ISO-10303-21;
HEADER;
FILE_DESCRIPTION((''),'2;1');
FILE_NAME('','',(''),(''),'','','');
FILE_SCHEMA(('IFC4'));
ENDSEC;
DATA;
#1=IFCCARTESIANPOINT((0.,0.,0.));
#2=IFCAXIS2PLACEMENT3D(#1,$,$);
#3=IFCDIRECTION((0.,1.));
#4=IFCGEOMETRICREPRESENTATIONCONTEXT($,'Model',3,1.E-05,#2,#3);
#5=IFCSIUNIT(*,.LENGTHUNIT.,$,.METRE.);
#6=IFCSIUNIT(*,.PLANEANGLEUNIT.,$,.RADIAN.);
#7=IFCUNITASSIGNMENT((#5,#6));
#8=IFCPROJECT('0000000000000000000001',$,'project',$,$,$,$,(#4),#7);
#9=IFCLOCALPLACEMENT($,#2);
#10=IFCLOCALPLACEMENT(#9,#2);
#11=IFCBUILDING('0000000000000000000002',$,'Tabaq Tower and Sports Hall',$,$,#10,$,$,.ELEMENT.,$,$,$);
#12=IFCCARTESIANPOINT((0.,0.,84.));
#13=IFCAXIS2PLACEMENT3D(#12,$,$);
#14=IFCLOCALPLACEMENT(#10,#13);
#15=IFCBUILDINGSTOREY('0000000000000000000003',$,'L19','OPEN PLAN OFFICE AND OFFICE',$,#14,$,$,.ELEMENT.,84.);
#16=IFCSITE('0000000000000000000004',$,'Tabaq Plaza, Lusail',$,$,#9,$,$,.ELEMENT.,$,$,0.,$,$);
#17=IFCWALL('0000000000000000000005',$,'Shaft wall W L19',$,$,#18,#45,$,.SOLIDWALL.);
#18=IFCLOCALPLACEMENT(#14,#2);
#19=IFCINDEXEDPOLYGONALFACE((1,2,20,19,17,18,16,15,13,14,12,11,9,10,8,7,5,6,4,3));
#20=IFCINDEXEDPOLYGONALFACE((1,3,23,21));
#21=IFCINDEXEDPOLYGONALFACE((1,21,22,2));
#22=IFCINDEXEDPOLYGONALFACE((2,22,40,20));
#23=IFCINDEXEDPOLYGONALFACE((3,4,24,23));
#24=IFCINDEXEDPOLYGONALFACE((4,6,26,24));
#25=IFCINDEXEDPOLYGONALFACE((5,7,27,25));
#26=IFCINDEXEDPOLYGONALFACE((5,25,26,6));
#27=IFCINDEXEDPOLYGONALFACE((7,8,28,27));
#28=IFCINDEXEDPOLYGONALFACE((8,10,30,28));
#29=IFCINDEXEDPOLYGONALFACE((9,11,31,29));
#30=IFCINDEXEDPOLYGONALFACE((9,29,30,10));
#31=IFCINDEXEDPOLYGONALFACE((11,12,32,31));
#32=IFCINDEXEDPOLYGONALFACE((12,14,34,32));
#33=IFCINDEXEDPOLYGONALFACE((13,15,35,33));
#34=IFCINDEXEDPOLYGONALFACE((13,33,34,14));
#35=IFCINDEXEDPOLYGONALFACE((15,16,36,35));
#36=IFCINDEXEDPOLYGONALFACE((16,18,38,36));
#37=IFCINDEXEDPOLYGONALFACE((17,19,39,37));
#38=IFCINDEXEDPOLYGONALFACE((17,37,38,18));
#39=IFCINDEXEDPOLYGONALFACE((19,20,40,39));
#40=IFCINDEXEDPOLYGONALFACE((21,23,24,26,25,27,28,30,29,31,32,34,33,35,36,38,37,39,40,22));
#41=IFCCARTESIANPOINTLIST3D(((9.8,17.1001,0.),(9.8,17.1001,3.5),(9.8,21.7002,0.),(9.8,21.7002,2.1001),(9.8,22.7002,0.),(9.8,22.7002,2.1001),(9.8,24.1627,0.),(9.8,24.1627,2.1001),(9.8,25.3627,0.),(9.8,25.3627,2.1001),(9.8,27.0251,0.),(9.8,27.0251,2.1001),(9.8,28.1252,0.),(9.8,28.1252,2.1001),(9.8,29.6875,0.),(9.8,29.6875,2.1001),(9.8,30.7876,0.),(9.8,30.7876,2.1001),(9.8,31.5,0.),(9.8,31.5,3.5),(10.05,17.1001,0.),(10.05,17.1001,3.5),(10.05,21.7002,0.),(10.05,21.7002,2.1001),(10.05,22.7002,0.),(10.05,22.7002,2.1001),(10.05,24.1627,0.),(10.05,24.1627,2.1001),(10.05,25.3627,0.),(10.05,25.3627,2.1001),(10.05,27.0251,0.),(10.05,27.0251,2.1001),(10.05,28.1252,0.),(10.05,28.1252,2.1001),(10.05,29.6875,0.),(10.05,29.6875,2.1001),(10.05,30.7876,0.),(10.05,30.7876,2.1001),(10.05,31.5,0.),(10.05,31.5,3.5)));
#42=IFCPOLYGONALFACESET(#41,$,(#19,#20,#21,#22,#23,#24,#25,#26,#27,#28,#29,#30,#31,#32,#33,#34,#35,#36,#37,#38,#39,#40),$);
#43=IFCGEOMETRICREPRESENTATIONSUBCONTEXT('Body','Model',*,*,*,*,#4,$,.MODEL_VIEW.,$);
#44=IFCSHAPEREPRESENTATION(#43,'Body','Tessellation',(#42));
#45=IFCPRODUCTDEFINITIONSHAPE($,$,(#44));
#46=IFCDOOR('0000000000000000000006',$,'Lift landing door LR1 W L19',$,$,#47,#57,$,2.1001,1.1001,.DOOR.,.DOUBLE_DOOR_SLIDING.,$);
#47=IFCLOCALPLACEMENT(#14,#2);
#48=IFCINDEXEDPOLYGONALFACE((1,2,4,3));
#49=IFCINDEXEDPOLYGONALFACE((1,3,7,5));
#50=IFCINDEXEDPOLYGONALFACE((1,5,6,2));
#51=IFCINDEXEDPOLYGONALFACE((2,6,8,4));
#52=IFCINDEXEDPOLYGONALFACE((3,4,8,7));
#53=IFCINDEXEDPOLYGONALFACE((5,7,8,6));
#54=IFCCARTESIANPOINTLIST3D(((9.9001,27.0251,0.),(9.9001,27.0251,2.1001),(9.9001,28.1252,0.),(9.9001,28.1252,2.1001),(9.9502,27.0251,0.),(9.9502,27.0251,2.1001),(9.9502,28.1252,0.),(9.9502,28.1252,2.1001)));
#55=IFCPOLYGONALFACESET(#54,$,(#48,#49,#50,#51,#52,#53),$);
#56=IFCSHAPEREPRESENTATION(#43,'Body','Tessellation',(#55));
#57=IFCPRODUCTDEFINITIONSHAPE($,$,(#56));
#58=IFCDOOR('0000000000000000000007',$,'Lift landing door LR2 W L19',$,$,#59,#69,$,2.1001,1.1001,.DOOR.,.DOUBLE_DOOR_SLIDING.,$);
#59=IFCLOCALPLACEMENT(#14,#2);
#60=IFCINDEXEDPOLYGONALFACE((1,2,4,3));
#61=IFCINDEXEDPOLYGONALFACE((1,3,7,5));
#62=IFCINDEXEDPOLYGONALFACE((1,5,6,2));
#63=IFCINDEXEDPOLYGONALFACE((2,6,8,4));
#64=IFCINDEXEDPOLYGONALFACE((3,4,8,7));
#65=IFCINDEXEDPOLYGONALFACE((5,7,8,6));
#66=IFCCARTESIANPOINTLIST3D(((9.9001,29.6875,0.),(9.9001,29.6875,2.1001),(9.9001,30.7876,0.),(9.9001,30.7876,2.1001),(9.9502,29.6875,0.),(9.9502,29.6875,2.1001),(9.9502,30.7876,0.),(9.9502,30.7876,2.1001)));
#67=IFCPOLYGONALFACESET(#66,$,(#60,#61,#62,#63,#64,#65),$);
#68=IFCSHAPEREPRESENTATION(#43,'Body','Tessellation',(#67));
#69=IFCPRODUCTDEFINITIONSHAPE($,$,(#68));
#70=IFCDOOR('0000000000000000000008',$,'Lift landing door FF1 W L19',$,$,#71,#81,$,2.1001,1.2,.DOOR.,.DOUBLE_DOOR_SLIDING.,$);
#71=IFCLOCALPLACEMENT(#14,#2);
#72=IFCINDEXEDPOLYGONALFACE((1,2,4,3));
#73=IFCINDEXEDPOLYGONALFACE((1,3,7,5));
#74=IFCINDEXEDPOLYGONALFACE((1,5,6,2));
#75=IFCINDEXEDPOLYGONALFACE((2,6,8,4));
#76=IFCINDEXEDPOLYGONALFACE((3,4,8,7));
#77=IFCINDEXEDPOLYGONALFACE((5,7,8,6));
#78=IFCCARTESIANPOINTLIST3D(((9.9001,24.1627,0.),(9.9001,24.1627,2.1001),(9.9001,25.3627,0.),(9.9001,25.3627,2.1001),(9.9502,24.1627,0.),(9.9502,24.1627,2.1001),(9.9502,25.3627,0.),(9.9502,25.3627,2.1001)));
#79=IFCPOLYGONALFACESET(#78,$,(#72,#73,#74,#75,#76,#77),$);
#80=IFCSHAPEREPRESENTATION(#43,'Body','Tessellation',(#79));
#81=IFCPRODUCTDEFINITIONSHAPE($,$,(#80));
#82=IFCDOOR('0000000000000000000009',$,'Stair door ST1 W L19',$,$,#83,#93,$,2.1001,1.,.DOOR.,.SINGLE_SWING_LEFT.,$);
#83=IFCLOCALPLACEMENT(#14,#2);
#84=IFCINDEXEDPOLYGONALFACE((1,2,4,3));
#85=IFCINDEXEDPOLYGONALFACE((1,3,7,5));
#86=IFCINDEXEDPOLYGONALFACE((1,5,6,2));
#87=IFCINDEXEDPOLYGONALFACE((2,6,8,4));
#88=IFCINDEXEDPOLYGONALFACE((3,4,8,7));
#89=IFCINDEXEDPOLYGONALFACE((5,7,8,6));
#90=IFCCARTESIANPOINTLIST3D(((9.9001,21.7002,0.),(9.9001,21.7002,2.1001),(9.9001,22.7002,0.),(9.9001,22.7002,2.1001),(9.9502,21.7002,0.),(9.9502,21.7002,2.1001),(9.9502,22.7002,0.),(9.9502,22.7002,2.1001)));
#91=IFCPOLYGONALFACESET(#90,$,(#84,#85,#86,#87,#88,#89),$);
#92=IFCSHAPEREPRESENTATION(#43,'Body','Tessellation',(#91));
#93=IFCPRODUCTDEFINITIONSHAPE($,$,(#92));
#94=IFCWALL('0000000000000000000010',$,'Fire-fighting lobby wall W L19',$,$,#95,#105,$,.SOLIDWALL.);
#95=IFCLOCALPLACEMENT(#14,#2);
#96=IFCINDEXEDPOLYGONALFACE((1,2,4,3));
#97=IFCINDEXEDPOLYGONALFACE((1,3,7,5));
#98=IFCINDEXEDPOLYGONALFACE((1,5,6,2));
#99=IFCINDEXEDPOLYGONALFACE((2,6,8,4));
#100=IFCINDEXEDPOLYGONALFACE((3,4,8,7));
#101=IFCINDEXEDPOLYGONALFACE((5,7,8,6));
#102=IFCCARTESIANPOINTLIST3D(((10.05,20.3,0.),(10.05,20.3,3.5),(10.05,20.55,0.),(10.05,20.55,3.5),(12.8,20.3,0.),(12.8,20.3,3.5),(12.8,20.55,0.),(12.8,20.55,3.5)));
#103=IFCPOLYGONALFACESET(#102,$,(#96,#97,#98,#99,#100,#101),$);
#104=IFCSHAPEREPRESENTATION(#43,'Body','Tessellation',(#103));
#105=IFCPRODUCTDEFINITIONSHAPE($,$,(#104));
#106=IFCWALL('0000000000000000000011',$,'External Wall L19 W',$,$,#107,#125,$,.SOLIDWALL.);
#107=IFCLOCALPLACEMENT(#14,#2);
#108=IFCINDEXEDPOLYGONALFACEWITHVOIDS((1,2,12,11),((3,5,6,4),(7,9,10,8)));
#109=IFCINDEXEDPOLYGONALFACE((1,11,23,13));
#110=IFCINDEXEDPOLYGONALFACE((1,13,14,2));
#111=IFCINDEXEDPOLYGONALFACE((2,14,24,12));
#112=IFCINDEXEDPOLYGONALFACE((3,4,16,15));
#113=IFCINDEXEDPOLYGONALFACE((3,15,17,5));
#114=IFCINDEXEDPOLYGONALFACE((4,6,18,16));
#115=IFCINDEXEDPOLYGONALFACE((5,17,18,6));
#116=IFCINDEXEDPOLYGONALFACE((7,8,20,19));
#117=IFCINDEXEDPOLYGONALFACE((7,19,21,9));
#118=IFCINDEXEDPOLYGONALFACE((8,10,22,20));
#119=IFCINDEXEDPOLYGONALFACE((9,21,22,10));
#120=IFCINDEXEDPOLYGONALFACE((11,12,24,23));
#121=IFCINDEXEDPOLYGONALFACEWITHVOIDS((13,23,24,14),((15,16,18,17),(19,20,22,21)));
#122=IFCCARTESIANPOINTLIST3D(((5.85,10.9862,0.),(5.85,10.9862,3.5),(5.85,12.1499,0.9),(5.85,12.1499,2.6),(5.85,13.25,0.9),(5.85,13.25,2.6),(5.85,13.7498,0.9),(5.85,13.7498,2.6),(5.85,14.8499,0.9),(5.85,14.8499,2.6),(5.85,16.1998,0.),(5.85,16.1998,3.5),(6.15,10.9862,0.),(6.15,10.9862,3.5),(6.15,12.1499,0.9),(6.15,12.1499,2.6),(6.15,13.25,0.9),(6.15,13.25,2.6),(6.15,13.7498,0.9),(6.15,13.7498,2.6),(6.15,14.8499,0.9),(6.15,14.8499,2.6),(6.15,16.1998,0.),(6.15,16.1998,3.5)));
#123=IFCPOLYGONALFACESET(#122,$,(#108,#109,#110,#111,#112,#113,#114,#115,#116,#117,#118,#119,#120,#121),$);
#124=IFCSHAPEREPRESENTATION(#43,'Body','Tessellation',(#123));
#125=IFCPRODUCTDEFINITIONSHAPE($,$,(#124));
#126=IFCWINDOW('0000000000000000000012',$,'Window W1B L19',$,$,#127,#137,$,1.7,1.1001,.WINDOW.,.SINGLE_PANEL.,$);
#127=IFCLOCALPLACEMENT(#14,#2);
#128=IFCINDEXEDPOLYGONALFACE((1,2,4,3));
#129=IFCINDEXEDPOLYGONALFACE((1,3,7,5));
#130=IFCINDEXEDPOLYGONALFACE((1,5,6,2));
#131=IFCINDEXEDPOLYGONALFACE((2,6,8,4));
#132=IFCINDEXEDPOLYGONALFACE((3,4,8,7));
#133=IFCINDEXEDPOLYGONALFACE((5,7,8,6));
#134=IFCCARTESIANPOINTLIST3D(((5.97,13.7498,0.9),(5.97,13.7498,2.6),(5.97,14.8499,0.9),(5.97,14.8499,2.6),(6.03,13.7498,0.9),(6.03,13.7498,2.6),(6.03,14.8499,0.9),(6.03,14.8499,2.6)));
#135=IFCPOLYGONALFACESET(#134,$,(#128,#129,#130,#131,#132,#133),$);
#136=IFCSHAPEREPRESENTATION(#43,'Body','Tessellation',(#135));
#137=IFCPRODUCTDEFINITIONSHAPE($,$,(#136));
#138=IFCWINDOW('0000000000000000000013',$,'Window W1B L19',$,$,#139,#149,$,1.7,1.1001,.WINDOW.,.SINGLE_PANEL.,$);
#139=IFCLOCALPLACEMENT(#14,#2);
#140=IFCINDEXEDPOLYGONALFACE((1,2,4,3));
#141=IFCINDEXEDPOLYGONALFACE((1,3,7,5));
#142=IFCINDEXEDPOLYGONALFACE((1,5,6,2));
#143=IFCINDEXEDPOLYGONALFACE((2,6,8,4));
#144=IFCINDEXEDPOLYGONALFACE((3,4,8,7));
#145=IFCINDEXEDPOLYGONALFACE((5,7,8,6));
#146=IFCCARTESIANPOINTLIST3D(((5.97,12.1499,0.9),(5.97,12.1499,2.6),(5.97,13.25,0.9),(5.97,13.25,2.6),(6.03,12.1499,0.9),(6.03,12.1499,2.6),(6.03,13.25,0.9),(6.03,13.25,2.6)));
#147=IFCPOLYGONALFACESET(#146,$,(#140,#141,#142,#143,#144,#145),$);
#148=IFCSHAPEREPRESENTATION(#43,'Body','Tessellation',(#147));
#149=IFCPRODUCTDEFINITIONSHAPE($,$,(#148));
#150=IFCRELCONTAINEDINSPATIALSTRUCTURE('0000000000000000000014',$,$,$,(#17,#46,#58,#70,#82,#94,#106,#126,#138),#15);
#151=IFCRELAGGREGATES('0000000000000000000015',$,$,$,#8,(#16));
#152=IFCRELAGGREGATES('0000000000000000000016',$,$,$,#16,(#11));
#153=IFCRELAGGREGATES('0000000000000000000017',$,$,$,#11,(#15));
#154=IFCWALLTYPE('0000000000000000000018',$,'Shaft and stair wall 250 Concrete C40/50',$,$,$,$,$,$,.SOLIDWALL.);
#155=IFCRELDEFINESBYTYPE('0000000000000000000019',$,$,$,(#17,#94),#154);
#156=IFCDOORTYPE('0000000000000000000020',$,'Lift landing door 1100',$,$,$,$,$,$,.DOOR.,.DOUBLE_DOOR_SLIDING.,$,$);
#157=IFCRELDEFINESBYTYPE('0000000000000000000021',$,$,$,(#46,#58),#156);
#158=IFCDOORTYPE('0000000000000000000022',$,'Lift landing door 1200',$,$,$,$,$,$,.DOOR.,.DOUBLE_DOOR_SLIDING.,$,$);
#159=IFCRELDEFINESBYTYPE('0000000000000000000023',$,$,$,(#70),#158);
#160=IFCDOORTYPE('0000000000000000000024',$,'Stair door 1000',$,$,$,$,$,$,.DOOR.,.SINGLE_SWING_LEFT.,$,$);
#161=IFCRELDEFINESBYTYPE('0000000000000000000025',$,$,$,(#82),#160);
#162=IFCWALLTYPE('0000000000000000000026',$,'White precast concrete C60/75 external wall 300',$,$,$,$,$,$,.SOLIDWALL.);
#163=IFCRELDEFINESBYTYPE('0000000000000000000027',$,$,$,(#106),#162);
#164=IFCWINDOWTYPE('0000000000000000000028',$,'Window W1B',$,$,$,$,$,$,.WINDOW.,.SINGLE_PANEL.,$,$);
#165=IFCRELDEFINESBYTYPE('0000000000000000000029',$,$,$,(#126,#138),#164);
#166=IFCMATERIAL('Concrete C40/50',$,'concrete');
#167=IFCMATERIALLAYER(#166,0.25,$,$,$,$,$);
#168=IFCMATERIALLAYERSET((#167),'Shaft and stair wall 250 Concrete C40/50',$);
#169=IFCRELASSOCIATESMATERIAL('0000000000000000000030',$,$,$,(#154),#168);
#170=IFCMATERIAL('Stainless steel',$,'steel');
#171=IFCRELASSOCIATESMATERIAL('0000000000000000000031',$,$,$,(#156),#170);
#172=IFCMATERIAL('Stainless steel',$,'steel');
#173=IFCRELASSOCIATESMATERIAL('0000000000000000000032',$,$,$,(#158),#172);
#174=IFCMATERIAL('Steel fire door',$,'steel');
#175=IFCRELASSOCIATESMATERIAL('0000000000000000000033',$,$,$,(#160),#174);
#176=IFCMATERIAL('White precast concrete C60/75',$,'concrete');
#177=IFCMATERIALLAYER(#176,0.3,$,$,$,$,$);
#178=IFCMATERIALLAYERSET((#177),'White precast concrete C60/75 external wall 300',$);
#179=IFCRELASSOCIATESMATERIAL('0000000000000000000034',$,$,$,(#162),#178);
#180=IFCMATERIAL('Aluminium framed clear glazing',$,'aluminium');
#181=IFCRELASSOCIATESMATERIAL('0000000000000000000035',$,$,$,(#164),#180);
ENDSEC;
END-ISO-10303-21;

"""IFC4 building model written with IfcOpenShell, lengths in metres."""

from ifc_helpers import new_model, si_unit, direction, frame, frame_2d, origin, place, context, subcontext, project, spatial, rectangle, extrude, material, layer, layer_set, type_object, element, fill, save


model = new_model("IFC4")

# Units and contexts
model_context = context("Model", 3, precision=1e-05, world=origin(), true_north=direction((0.0, 1.0)))
body_context = subcontext(model_context, "Body", "Model", "MODEL_VIEW")
ifc_project = project(units=[si_unit("LENGTHUNIT", "METRE"), si_unit("PLANEANGLEUNIT", "RADIAN")], contexts=[model_context])

# Site, building, storey
site_placement = place(None, origin())
site = spatial("IfcSite", under=ifc_project, at=site_placement, Name="Tabaq Plaza, Lusail", CompositionType="ELEMENT", RefElevation=0.0)
building_placement = place(site_placement, origin())
building = spatial("IfcBuilding", under=site, at=building_placement, Name="Tabaq Tower and Sports Hall", CompositionType="ELEMENT")
storey_placement = place(building_placement, frame((0.0, 0.0, 84.0)))
storey = spatial("IfcBuildingStorey", under=building, at=storey_placement, Name="L19", Description="OPEN PLAN OFFICE AND OFFICE", CompositionType="ELEMENT", Elevation=84.0)

# Wall, openings, doors
ifc_material_1 = material(Name="Concrete C40/50", Category="concrete")
ifc_layer_1 = layer(ifc_material_1, 0.25)
ifc_layer_set_1 = layer_set([ifc_layer_1], Name="Shaft and stair wall 250 Concrete C40/50")
wall_type_1 = type_object("IfcWallType", Name="Shaft and stair wall 250 Concrete C40/50", PredefinedType="SOLIDWALL", material=ifc_layer_set_1)
wall_1_placement = place(storey_placement, frame((9.925, 17.1001, 0.0), z_axis=(0.0, 0.0, 1.0), x_axis=(0.0, 1.0, 0.0)))
wall_1 = element("IfcWall", 1, at=wall_1_placement, inside=storey, type_object=wall_type_1, Name="Shaft wall W L19", PredefinedType="SOLIDWALL", context=body_context, shape_type="SweptSolid", body=[
    extrude(rectangle(XDim=14.3999, YDim=0.25, at=frame_2d((7.2, 0.0))), origin(), (0.0, 0.0, 1.0), 3.5),
])
opening_1_placement = place(wall_1_placement, frame((4.6001, 0.0, 0.0)))
opening_1 = element("IfcOpeningElement", 2, at=opening_1_placement, cuts=wall_1, PredefinedType="OPENING", context=body_context, shape_type="SweptSolid", body=[
    extrude(rectangle(XDim=1.0, YDim=2.1001, at=frame_2d((0.5, 1.05))), frame((0.0, 0.125, 0.0), z_axis=(0.0, -1.0, 0.0), x_axis=(1.0, 0.0, 0.0)), (0.0, 0.0, 1.0), 0.25),
])
opening_2_placement = place(wall_1_placement, frame((7.0625, 0.0, 0.0)))
opening_2 = element("IfcOpeningElement", 3, at=opening_2_placement, cuts=wall_1, PredefinedType="OPENING", context=body_context, shape_type="SweptSolid", body=[
    extrude(rectangle(XDim=1.2, YDim=2.1001, at=frame_2d((0.6001, 1.05))), frame((0.0, 0.125, 0.0), z_axis=(0.0, -1.0, 0.0), x_axis=(1.0, 0.0, 0.0)), (0.0, 0.0, 1.0), 0.25),
])
opening_3_placement = place(wall_1_placement, frame((9.925, 0.0, 0.0)))
opening_3 = element("IfcOpeningElement", 4, at=opening_3_placement, cuts=wall_1, PredefinedType="OPENING", context=body_context, shape_type="SweptSolid", body=[
    extrude(rectangle(XDim=1.1001, YDim=2.1001, at=frame_2d((0.55, 1.05))), frame((0.0, 0.125, 0.0), z_axis=(0.0, -1.0, 0.0), x_axis=(1.0, 0.0, 0.0)), (0.0, 0.0, 1.0), 0.25),
])
opening_4_placement = place(wall_1_placement, frame((12.5874, 0.0, 0.0)))
opening_4 = element("IfcOpeningElement", 5, at=opening_4_placement, cuts=wall_1, PredefinedType="OPENING", context=body_context, shape_type="SweptSolid", body=[
    extrude(rectangle(XDim=1.1001, YDim=2.1001, at=frame_2d((0.55, 1.05))), frame((0.0, 0.125, 0.0), z_axis=(0.0, -1.0, 0.0), x_axis=(1.0, 0.0, 0.0)), (0.0, 0.0, 1.0), 0.25),
])
ifc_material_2 = material(Name="Stainless steel", Category="steel")
door_type_1 = type_object("IfcDoorType", Name="Lift landing door 1100", OperationType="DOUBLE_DOOR_SLIDING", PredefinedType="DOOR", material=ifc_material_2)
door_1_placement = place(opening_3_placement, origin())
door_1 = element("IfcDoor", 6, at=door_1_placement, inside=storey, type_object=door_type_1, Name="Lift landing door LR1 W L19", OperationType="DOUBLE_DOOR_SLIDING", OverallHeight=2.1001, OverallWidth=1.1001, PredefinedType="DOOR", context=body_context, shape_type="SweptSolid", body=[
    extrude(rectangle(XDim=1.1001, YDim=2.1001, at=frame_2d((0.55, 1.05))), frame((0.0, 0.0249, 0.0), z_axis=(0.0, -1.0, 0.0), x_axis=(1.0, 0.0, 0.0)), (0.0, 0.0, 1.0), 0.05),
])
fill(opening_3, door_1)
door_2_placement = place(opening_4_placement, origin())
door_2 = element("IfcDoor", 7, at=door_2_placement, inside=storey, type_object=door_type_1, Name="Lift landing door LR2 W L19", OperationType="DOUBLE_DOOR_SLIDING", OverallHeight=2.1001, OverallWidth=1.1001, PredefinedType="DOOR", context=body_context, shape_type="SweptSolid", body=[
    extrude(rectangle(XDim=1.1001, YDim=2.1001, at=frame_2d((0.55, 1.05))), frame((0.0, 0.0249, 0.0), z_axis=(0.0, -1.0, 0.0), x_axis=(1.0, 0.0, 0.0)), (0.0, 0.0, 1.0), 0.05),
])
fill(opening_4, door_2)
ifc_material_3 = material(Name="Stainless steel", Category="steel")
door_type_2 = type_object("IfcDoorType", Name="Lift landing door 1200", OperationType="DOUBLE_DOOR_SLIDING", PredefinedType="DOOR", material=ifc_material_3)
door_3_placement = place(opening_2_placement, origin())
door_3 = element("IfcDoor", 8, at=door_3_placement, inside=storey, type_object=door_type_2, Name="Lift landing door FF1 W L19", OperationType="DOUBLE_DOOR_SLIDING", OverallHeight=2.1001, OverallWidth=1.2, PredefinedType="DOOR", context=body_context, shape_type="SweptSolid", body=[
    extrude(rectangle(XDim=1.2, YDim=2.1001, at=frame_2d((0.6001, 1.05))), frame((0.0, 0.0249, 0.0), z_axis=(0.0, -1.0, 0.0), x_axis=(1.0, 0.0, 0.0)), (0.0, 0.0, 1.0), 0.05),
])
fill(opening_2, door_3)
ifc_material_4 = material(Name="Steel fire door", Category="steel")
door_type_3 = type_object("IfcDoorType", Name="Stair door 1000", OperationType="SINGLE_SWING_LEFT", PredefinedType="DOOR", material=ifc_material_4)
door_4_placement = place(opening_1_placement, origin())
door_4 = element("IfcDoor", 9, at=door_4_placement, inside=storey, type_object=door_type_3, Name="Stair door ST1 W L19", OperationType="SINGLE_SWING_LEFT", OverallHeight=2.1001, OverallWidth=1.0, PredefinedType="DOOR", context=body_context, shape_type="SweptSolid", body=[
    extrude(rectangle(XDim=1.0, YDim=2.1001, at=frame_2d((0.5, 1.05))), frame((0.0, 0.0249, 0.0), z_axis=(0.0, -1.0, 0.0), x_axis=(1.0, 0.0, 0.0)), (0.0, 0.0, 1.0), 0.05),
])
fill(opening_1, door_4)

# Wall
wall_2_placement = place(storey_placement, frame((10.05, 20.425, 0.0), z_axis=(0.0, 0.0, 1.0), x_axis=(1.0, 0.0, 0.0)))
element("IfcWall", 10, at=wall_2_placement, inside=storey, type_object=wall_type_1, Name="Fire-fighting lobby wall W L19", PredefinedType="SOLIDWALL", context=body_context, shape_type="SweptSolid", body=[
    extrude(rectangle(XDim=2.75, YDim=0.25, at=frame_2d((1.375, 0.0))), origin(), (0.0, 0.0, 1.0), 3.5),
])

# Wall, openings, windows
ifc_material_5 = material(Name="White precast concrete C60/75", Category="concrete")
ifc_layer_2 = layer(ifc_material_5, 0.3)
ifc_layer_set_2 = layer_set([ifc_layer_2], Name="White precast concrete C60/75 external wall 300")
wall_type_2 = type_object("IfcWallType", Name="White precast concrete C60/75 external wall 300", PredefinedType="SOLIDWALL", material=ifc_layer_set_2)
wall_3_placement = place(storey_placement, frame((6.0, 16.2, 0.0), z_axis=(0.0, 0.0, 1.0), x_axis=(0.0, -1.0, 0.0)))
wall_3 = element("IfcWall", 11, at=wall_3_placement, inside=storey, type_object=wall_type_2, Name="External Wall L19 W", PredefinedType="SOLIDWALL", context=body_context, shape_type="SweptSolid", body=[
    extrude(rectangle(XDim=5.2136, YDim=0.3, at=frame_2d((2.6069, 0.0))), origin(), (0.0, 0.0, 1.0), 3.5),
])
opening_5_placement = place(wall_3_placement, frame((1.3501, 0.0, 0.8999)))
opening_5 = element("IfcOpeningElement", 12, at=opening_5_placement, cuts=wall_3, PredefinedType="OPENING", context=body_context, shape_type="SweptSolid", body=[
    extrude(rectangle(XDim=1.1001, YDim=1.7, at=frame_2d((0.55, 0.8501))), frame((0.0, 0.1602, 0.0), z_axis=(0.0, -1.0, 0.0), x_axis=(1.0, 0.0, 0.0)), (0.0, 0.0, 1.0), 0.3201),
])
opening_6_placement = place(wall_3_placement, frame((2.95, 0.0, 0.8999)))
opening_6 = element("IfcOpeningElement", 13, at=opening_6_placement, cuts=wall_3, PredefinedType="OPENING", context=body_context, shape_type="SweptSolid", body=[
    extrude(rectangle(XDim=1.1001, YDim=1.7, at=frame_2d((0.55, 0.8501))), frame((0.0, 0.1602, 0.0), z_axis=(0.0, -1.0, 0.0), x_axis=(1.0, 0.0, 0.0)), (0.0, 0.0, 1.0), 0.3201),
])
ifc_material_6 = material(Name="Aluminium framed clear glazing", Category="aluminium")
window_type = type_object("IfcWindowType", Name="Window W1B", PartitioningType="SINGLE_PANEL", PredefinedType="WINDOW", material=ifc_material_6)
window_1_placement = place(opening_5_placement, origin())
window_1 = element("IfcWindow", 14, at=window_1_placement, inside=storey, type_object=window_type, Name="Window W1B L19", OverallHeight=1.7, OverallWidth=1.1001, PartitioningType="SINGLE_PANEL", PredefinedType="WINDOW", context=body_context, shape_type="SweptSolid", body=[
    extrude(rectangle(XDim=1.1001, YDim=1.7, at=frame_2d((0.55, 0.8501))), frame((0.0, 0.03, 0.0), z_axis=(0.0, -1.0, 0.0), x_axis=(1.0, 0.0, 0.0)), (0.0, 0.0, 1.0), 0.0601),
])
fill(opening_5, window_1)
window_2_placement = place(opening_6_placement, origin())
window_2 = element("IfcWindow", 15, at=window_2_placement, inside=storey, type_object=window_type, Name="Window W1B L19", OverallHeight=1.7, OverallWidth=1.1001, PartitioningType="SINGLE_PANEL", PredefinedType="WINDOW", context=body_context, shape_type="SweptSolid", body=[
    extrude(rectangle(XDim=1.1001, YDim=1.7, at=frame_2d((0.55, 0.8501))), frame((0.0, 0.03, 0.0), z_axis=(0.0, -1.0, 0.0), x_axis=(1.0, 0.0, 0.0)), (0.0, 0.0, 1.0), 0.0601),
])
fill(opening_6, window_2)

save(model, "model.ifc")
